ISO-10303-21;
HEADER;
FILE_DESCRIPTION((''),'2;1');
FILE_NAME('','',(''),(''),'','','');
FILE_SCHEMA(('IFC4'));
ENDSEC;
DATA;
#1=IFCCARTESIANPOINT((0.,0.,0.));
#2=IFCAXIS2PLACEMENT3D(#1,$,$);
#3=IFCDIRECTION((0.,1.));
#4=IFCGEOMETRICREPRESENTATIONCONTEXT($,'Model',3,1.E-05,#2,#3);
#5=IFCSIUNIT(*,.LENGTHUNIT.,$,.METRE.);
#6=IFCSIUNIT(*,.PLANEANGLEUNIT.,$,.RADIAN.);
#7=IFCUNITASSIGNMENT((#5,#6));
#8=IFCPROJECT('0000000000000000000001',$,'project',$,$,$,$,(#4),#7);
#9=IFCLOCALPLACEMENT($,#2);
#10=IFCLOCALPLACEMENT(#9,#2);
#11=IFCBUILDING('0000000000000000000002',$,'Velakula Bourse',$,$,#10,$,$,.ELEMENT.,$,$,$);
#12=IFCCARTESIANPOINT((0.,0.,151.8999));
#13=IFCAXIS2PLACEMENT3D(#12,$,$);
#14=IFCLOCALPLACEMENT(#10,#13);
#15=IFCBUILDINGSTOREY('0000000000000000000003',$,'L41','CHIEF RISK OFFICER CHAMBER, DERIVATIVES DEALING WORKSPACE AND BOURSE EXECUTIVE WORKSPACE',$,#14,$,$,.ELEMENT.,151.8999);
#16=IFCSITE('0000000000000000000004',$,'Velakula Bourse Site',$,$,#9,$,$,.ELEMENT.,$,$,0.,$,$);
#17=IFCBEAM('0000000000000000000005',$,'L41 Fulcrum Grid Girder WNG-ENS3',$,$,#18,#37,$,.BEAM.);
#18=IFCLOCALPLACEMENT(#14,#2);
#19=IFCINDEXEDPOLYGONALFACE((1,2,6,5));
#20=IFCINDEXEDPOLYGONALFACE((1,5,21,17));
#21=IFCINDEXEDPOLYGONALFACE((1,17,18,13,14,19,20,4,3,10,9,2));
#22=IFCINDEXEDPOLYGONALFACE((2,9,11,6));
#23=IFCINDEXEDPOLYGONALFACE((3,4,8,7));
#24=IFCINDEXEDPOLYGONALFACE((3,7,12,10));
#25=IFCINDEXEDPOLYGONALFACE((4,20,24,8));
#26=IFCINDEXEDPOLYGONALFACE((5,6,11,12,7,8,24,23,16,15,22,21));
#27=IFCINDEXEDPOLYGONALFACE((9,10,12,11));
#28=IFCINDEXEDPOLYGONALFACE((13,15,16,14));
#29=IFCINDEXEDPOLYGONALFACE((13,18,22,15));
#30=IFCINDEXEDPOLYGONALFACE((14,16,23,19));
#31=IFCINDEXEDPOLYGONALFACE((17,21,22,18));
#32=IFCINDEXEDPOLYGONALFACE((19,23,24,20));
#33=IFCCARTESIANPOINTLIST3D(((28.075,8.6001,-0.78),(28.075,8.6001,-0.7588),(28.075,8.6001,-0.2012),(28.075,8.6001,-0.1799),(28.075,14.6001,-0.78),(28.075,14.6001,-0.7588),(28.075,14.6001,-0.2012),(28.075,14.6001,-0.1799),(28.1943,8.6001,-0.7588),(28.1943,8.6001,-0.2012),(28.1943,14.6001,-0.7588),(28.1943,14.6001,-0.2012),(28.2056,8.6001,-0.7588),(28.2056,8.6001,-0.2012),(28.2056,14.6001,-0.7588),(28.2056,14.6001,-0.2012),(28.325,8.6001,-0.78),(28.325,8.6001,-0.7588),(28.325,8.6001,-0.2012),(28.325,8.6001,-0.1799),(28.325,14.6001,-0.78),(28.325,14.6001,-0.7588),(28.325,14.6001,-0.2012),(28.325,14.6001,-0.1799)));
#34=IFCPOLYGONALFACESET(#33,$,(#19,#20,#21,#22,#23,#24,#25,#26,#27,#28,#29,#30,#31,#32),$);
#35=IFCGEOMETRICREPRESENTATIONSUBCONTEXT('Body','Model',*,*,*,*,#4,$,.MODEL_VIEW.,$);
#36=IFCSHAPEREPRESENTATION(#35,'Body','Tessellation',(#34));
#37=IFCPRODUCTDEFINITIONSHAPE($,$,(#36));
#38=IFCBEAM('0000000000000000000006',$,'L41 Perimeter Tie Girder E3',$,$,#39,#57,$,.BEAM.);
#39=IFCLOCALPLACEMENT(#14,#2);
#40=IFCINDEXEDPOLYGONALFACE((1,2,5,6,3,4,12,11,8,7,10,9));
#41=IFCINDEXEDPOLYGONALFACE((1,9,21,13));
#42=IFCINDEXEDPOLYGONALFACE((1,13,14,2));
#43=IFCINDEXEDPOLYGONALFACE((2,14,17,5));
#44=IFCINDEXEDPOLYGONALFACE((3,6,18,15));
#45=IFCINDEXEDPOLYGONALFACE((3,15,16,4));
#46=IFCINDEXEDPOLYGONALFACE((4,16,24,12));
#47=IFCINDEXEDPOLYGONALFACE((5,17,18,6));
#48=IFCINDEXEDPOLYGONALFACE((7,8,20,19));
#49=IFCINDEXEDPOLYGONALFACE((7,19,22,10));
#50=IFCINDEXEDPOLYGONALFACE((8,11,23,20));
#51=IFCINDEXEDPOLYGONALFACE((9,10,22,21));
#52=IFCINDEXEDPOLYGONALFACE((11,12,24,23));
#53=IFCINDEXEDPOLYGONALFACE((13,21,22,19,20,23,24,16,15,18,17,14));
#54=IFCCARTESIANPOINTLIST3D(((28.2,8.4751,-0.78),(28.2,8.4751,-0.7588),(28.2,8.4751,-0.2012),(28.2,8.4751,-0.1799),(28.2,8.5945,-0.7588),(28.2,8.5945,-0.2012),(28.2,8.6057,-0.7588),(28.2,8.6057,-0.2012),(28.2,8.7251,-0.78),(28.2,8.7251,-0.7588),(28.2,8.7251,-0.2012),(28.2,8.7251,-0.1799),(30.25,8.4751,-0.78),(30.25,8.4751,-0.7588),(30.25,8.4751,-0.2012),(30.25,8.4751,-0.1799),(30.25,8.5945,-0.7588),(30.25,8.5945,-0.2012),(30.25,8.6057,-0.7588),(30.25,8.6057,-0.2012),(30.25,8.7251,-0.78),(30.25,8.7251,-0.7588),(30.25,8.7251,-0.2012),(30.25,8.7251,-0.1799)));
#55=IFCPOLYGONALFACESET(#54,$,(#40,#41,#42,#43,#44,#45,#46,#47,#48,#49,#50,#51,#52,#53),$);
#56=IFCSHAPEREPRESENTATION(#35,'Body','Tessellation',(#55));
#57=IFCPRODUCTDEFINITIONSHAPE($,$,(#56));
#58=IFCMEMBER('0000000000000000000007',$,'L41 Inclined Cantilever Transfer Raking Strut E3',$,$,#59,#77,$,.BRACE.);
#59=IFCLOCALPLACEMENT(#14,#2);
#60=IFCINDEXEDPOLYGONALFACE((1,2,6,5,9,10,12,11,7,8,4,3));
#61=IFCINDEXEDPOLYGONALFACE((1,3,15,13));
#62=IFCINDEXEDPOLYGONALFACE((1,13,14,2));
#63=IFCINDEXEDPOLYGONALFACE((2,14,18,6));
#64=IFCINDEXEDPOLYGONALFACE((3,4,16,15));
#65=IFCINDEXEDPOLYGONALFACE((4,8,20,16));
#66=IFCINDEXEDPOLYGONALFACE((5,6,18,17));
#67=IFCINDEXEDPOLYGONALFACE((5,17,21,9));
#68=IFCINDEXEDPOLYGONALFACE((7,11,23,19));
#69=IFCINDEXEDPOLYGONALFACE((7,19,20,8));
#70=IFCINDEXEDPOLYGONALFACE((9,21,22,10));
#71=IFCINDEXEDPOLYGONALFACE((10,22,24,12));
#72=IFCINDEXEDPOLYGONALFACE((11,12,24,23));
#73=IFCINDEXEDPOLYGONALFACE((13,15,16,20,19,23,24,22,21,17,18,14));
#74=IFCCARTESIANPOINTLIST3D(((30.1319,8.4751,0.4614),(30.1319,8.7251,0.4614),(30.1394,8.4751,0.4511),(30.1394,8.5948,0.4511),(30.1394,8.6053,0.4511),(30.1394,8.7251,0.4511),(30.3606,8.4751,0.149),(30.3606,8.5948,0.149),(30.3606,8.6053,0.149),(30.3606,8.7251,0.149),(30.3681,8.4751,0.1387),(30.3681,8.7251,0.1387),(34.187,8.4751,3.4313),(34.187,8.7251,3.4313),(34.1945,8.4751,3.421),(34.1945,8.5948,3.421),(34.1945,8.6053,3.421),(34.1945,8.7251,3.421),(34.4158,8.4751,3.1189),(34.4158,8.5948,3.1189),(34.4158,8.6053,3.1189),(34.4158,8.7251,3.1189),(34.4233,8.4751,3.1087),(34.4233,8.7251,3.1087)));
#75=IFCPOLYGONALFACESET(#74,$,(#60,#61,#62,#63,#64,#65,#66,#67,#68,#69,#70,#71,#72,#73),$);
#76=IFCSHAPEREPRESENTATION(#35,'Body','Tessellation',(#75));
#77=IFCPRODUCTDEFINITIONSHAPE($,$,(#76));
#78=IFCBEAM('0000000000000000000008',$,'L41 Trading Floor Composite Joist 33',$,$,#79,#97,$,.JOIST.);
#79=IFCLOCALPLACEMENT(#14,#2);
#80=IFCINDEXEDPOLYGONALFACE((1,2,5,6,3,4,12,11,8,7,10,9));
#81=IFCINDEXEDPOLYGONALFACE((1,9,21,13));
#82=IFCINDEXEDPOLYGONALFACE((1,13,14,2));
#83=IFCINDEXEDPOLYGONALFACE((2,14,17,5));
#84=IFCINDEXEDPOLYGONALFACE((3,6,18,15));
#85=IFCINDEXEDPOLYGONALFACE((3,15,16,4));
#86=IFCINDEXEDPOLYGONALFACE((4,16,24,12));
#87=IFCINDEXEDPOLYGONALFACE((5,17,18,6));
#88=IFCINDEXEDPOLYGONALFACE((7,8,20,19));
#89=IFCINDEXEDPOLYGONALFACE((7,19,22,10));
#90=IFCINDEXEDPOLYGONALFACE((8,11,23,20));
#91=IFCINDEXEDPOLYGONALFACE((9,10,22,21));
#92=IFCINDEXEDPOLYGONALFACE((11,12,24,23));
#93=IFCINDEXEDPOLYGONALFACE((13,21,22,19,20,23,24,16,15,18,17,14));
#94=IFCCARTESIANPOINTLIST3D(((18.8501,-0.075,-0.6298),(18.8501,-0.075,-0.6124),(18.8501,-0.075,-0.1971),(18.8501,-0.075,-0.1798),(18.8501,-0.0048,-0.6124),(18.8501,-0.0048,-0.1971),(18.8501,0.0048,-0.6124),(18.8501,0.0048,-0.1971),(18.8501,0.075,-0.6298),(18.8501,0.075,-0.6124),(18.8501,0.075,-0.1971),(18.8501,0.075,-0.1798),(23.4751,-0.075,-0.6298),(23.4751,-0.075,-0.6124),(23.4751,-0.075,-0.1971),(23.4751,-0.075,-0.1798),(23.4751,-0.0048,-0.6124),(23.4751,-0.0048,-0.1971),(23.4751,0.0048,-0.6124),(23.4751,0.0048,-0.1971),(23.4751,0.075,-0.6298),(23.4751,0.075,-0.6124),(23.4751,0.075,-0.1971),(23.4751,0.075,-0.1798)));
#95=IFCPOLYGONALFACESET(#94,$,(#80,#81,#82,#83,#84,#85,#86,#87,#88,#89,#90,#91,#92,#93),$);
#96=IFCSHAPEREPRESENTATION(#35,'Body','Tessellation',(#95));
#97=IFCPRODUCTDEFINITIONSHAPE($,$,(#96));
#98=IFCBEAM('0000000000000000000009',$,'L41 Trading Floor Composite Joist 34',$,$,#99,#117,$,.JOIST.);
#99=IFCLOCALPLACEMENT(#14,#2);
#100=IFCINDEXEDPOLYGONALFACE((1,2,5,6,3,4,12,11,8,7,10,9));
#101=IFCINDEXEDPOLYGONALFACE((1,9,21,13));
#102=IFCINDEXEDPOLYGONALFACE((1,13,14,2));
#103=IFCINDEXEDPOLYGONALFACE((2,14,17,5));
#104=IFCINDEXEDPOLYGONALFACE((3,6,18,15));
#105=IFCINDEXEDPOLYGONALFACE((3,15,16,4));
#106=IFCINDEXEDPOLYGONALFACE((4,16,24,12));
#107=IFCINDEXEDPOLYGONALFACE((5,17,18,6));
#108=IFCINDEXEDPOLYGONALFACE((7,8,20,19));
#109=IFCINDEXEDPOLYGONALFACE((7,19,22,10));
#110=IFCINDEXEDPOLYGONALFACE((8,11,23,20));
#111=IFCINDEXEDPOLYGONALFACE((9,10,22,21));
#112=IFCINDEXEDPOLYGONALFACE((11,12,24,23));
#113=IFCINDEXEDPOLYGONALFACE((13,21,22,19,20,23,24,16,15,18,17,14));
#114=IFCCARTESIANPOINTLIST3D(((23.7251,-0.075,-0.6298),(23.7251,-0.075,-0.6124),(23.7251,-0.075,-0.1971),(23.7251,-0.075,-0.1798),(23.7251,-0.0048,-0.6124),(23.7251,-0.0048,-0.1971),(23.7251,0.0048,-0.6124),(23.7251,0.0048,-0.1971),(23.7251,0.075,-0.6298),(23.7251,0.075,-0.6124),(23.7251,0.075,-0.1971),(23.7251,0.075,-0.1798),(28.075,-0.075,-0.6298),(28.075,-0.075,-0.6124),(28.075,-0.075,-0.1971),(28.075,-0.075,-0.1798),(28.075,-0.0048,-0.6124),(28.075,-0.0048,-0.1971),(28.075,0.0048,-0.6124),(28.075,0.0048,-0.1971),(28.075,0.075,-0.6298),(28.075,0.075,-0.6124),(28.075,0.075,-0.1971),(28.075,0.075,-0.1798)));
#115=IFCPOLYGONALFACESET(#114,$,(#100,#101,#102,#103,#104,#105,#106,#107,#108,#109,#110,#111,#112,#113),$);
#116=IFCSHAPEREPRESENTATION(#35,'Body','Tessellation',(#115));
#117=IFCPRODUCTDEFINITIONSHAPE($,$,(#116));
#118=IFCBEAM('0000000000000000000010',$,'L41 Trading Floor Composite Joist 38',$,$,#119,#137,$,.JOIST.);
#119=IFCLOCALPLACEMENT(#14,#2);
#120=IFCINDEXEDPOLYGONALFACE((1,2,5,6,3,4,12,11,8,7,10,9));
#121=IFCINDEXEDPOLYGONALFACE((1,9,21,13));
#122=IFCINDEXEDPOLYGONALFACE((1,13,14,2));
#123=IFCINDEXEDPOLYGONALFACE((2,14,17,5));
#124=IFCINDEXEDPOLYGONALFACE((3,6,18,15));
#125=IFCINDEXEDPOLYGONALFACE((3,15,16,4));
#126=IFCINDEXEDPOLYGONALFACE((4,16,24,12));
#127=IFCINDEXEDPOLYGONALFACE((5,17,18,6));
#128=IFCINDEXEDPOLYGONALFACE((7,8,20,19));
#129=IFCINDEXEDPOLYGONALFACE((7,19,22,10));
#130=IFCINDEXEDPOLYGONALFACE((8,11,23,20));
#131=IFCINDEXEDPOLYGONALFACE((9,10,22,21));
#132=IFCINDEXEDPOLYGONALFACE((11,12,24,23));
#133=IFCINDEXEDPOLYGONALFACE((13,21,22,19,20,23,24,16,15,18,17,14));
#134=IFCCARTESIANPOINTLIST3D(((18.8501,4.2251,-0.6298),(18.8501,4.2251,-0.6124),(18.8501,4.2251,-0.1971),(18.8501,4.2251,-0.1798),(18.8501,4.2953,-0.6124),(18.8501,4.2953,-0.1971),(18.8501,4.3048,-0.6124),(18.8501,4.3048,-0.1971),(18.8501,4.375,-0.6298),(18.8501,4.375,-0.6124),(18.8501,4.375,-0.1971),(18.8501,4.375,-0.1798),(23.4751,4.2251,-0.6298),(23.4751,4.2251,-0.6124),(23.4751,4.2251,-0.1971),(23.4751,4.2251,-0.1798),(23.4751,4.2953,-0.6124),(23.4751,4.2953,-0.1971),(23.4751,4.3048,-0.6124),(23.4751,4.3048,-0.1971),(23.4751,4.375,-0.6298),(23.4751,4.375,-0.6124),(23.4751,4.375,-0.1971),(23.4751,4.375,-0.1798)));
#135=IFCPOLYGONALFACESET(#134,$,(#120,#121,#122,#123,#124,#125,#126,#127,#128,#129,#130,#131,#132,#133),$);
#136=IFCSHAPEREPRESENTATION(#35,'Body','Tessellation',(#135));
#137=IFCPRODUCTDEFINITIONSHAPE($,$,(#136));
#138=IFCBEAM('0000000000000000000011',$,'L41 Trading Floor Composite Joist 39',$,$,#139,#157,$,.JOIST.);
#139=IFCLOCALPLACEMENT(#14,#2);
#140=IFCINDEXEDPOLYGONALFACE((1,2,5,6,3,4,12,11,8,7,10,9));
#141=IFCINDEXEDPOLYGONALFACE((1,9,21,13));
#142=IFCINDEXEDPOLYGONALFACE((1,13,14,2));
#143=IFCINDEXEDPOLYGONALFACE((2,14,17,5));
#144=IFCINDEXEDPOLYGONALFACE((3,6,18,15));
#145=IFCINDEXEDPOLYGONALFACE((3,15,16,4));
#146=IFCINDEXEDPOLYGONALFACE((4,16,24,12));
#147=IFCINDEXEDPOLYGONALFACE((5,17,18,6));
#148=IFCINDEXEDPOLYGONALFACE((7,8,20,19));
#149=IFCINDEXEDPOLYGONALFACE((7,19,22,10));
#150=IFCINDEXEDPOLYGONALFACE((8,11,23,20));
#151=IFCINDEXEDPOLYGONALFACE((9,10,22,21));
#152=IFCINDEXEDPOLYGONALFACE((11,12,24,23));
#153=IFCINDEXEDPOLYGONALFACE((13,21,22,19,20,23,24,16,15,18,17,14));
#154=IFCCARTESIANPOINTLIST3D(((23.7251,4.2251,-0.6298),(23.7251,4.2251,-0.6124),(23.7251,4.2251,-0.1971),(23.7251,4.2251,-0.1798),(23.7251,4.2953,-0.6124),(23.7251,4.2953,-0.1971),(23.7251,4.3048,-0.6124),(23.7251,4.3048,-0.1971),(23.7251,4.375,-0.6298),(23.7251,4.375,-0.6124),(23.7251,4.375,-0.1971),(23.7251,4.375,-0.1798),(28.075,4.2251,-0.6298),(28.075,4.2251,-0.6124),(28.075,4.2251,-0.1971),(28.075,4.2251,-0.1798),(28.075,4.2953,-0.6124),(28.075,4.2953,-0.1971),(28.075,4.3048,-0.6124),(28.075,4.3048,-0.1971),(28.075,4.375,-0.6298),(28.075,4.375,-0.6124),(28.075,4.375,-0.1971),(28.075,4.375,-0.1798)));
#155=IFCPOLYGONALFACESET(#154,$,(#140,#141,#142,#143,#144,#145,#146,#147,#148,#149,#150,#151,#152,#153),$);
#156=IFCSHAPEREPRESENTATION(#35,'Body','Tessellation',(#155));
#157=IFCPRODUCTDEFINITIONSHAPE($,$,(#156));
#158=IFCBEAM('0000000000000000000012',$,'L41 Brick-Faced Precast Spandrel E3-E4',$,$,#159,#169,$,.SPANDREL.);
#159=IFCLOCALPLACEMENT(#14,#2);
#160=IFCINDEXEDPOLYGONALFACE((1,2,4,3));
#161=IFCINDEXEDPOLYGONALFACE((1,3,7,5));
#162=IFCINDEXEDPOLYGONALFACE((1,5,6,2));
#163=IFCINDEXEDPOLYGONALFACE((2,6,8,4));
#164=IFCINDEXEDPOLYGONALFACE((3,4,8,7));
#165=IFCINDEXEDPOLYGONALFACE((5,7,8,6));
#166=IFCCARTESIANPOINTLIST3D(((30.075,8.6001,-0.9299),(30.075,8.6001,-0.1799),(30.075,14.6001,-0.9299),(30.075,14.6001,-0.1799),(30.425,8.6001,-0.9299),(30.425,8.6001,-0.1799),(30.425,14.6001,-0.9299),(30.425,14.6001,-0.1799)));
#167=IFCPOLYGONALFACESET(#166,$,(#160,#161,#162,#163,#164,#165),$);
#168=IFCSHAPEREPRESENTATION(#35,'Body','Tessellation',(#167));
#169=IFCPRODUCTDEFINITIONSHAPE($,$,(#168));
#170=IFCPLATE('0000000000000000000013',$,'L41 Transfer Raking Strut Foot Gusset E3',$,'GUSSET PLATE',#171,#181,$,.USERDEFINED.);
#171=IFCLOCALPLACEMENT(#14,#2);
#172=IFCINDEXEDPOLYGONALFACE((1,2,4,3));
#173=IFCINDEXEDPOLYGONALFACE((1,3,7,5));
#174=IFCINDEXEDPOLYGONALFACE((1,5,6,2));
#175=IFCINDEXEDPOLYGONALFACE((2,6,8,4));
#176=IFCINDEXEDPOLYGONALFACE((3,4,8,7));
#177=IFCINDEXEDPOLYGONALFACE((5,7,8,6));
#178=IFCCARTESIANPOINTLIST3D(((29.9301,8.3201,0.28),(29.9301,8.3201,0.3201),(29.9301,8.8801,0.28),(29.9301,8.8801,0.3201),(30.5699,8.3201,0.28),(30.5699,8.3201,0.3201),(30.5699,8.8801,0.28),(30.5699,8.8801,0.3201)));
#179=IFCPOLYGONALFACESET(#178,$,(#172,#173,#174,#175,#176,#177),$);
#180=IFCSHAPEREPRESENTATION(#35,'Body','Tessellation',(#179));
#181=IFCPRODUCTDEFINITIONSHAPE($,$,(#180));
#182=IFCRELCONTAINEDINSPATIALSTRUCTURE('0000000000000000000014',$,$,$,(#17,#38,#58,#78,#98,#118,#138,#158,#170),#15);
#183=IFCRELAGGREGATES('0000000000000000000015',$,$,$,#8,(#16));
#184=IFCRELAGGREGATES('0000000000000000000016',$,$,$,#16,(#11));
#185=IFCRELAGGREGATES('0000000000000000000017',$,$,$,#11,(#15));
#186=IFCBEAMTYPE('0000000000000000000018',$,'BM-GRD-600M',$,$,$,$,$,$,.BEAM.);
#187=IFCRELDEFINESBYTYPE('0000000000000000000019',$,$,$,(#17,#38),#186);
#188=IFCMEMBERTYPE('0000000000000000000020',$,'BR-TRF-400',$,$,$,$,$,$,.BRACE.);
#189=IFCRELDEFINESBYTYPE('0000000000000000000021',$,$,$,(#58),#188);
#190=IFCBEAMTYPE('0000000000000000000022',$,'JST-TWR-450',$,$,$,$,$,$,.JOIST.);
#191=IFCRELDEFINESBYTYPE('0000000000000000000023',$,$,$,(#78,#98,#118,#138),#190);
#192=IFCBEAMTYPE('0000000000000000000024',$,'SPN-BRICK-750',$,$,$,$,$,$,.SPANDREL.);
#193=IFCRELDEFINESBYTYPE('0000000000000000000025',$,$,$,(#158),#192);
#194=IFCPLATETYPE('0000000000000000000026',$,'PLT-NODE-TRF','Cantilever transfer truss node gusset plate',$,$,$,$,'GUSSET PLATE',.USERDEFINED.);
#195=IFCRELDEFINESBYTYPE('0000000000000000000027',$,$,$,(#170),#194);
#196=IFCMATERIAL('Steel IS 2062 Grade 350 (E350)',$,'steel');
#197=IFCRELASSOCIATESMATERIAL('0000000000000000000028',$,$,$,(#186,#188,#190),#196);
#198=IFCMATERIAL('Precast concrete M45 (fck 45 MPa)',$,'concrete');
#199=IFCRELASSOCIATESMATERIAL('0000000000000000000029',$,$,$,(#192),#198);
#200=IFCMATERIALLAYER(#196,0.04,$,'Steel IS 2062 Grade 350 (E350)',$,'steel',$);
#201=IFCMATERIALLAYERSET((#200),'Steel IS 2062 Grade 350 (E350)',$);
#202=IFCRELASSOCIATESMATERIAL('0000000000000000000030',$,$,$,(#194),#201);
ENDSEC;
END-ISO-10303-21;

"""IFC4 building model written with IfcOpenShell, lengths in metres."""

from ifc_helpers import new_model, si_unit, direction, frame, origin, origin_2d, place, context, subcontext, project, spatial, rectangle, i_section, extrude, material, layer, layer_set, material_profile, profile_set, type_object, element, save


model = new_model("IFC4")

# Units and contexts
model_context = context("Model", 3, precision=1e-05, world=origin(), true_north=direction((0.0, 1.0)))
body_context = subcontext(model_context, "Body", "Model", "MODEL_VIEW")
ifc_project = project(units=[si_unit("LENGTHUNIT", "METRE"), si_unit("PLANEANGLEUNIT", "RADIAN")], contexts=[model_context])

# Site, building, storey
site_placement = place(None, origin())
site = spatial("IfcSite", under=ifc_project, at=site_placement, Name="Velakula Bourse Site", CompositionType="ELEMENT", RefElevation=0.0)
building_placement = place(site_placement, origin())
building = spatial("IfcBuilding", under=site, at=building_placement, Name="Velakula Bourse", CompositionType="ELEMENT")
storey_placement = place(building_placement, frame((0.0, 0.0, 151.8999)))
storey = spatial("IfcBuildingStorey", under=building, at=storey_placement, Name="L41", Description="CHIEF RISK OFFICER CHAMBER, DERIVATIVES DEALING WORKSPACE AND BOURSE EXECUTIVE WORKSPACE", CompositionType="ELEMENT", Elevation=151.8999)

# Shared definitions
ifc_material_1 = material(Name="Steel IS 2062 Grade 350 (E350)", Category="steel")

# Beams
ifc_material_profile_1 = material_profile(ifc_material_1, i_section(OverallWidth=0.25, OverallDepth=0.6001, WebThickness=0.0112, FlangeThickness=0.0212, at=origin_2d()), Name="Steel IS 2062 Grade 350 (E350)")
ifc_profile_set_1 = profile_set([ifc_material_profile_1], Name="Steel IS 2062 Grade 350 (E350)")
beam_type_1 = type_object("IfcBeamType", Name="BM-GRD-600M", PredefinedType="BEAM", material=ifc_profile_set_1)
beam_1_placement = place(storey_placement, frame((28.2, 8.6001, -0.48), z_axis=(0.0, 1.0, 0.0), x_axis=(-1.0, 0.0, 0.0)))
element("IfcBeam", 1, at=beam_1_placement, inside=storey, type_object=beam_type_1, Name="L41 Fulcrum Grid Girder WNG-ENS3", PredefinedType="BEAM", context=body_context, shape_type="SweptSolid", body=[
    extrude(i_section(OverallWidth=0.25, OverallDepth=0.6001, WebThickness=0.0112, FlangeThickness=0.0212, at=origin_2d()), origin(), (0.0, 0.0, 1.0), 6.0),
])
beam_2_placement = place(storey_placement, frame((28.2, 8.6001, -0.48), z_axis=(1.0, 0.0, 0.0), x_axis=(0.0, 1.0, 0.0)))
element("IfcBeam", 2, at=beam_2_placement, inside=storey, type_object=beam_type_1, Name="L41 Perimeter Tie Girder E3", PredefinedType="BEAM", context=body_context, shape_type="SweptSolid", body=[
    extrude(i_section(OverallWidth=0.25, OverallDepth=0.6001, WebThickness=0.0112, FlangeThickness=0.0212, at=origin_2d()), origin(), (0.0, 0.0, 1.0), 2.05),
])

# Member
ifc_material_profile_2 = material_profile(ifc_material_1, i_section(OverallWidth=0.25, OverallDepth=0.3999, WebThickness=0.0105, FlangeThickness=0.0127, at=origin_2d()), Name="Steel IS 2062 Grade 350 (E350)")
ifc_profile_set_2 = profile_set([ifc_material_profile_2], Name="Steel IS 2062 Grade 350 (E350)")
member_type = type_object("IfcMemberType", Name="BR-TRF-400", PredefinedType="BRACE", material=ifc_profile_set_2)
member_placement = place(storey_placement, frame((30.25, 8.6001, 0.3), z_axis=(0.806768, 0.0, 0.590869), x_axis=(0.0, 1.0, 0.0)))
element("IfcMember", 3, at=member_placement, inside=storey, type_object=member_type, Name="L41 Inclined Cantilever Transfer Raking Strut E3", PredefinedType="BRACE", context=body_context, shape_type="SweptSolid", body=[
    extrude(i_section(OverallWidth=0.25, OverallDepth=0.3999, WebThickness=0.0105, FlangeThickness=0.0127, at=origin_2d()), origin(), (0.0, 0.0, 1.0), 5.0264),
])

# Beams
ifc_material_profile_3 = material_profile(ifc_material_1, i_section(OverallWidth=0.1499, OverallDepth=0.45, WebThickness=0.0095, FlangeThickness=0.0173, at=origin_2d()), Name="Steel IS 2062 Grade 350 (E350)")
ifc_profile_set_3 = profile_set([ifc_material_profile_3], Name="Steel IS 2062 Grade 350 (E350)")
beam_type_2 = type_object("IfcBeamType", Name="JST-TWR-450", PredefinedType="JOIST", material=ifc_profile_set_3)
beam_3_placement = place(storey_placement, frame((18.8501, 0.0, -0.4048), z_axis=(1.0, 0.0, 0.0), x_axis=(0.0, 1.0, 0.0)))
element("IfcBeam", 4, at=beam_3_placement, inside=storey, type_object=beam_type_2, Name="L41 Trading Floor Composite Joist 33", PredefinedType="JOIST", context=body_context, shape_type="SweptSolid", body=[
    extrude(i_section(OverallWidth=0.1499, OverallDepth=0.45, WebThickness=0.0095, FlangeThickness=0.0173, at=origin_2d()), origin(), (0.0, 0.0, 1.0), 4.625),
])
beam_4_placement = place(storey_placement, frame((23.7251, 0.0, -0.4048), z_axis=(1.0, 0.0, 0.0), x_axis=(0.0, 1.0, 0.0)))
element("IfcBeam", 5, at=beam_4_placement, inside=storey, type_object=beam_type_2, Name="L41 Trading Floor Composite Joist 34", PredefinedType="JOIST", context=body_context, shape_type="SweptSolid", body=[
    extrude(i_section(OverallWidth=0.1499, OverallDepth=0.45, WebThickness=0.0095, FlangeThickness=0.0173, at=origin_2d()), origin(), (0.0, 0.0, 1.0), 4.3499),
])
beam_5_placement = place(storey_placement, frame((18.8501, 4.3, -0.4048), z_axis=(1.0, 0.0, 0.0), x_axis=(0.0, 1.0, 0.0)))
element("IfcBeam", 6, at=beam_5_placement, inside=storey, type_object=beam_type_2, Name="L41 Trading Floor Composite Joist 38", PredefinedType="JOIST", context=body_context, shape_type="SweptSolid", body=[
    extrude(i_section(OverallWidth=0.1499, OverallDepth=0.45, WebThickness=0.0095, FlangeThickness=0.0173, at=origin_2d()), origin(), (0.0, 0.0, 1.0), 4.625),
])
beam_6_placement = place(storey_placement, frame((23.7251, 4.3, -0.4048), z_axis=(1.0, 0.0, 0.0), x_axis=(0.0, 1.0, 0.0)))
element("IfcBeam", 7, at=beam_6_placement, inside=storey, type_object=beam_type_2, Name="L41 Trading Floor Composite Joist 39", PredefinedType="JOIST", context=body_context, shape_type="SweptSolid", body=[
    extrude(i_section(OverallWidth=0.1499, OverallDepth=0.45, WebThickness=0.0095, FlangeThickness=0.0173, at=origin_2d()), origin(), (0.0, 0.0, 1.0), 4.3499),
])
ifc_material_2 = material(Name="Precast concrete M45 (fck 45 MPa)", Category="concrete")
ifc_material_profile_4 = material_profile(ifc_material_2, rectangle(XDim=0.3501, YDim=0.75, at=origin_2d()), Name="Precast concrete M45 (fck 45 MPa)")
ifc_profile_set_4 = profile_set([ifc_material_profile_4], Name="Precast concrete M45 (fck 45 MPa)")
beam_type_3 = type_object("IfcBeamType", Name="SPN-BRICK-750", PredefinedType="SPANDREL", material=ifc_profile_set_4)
beam_7_placement = place(storey_placement, frame((30.25, 8.6001, -0.5549), z_axis=(0.0, 1.0, 0.0), x_axis=(-1.0, 0.0, 0.0)))
element("IfcBeam", 8, at=beam_7_placement, inside=storey, type_object=beam_type_3, Name="L41 Brick-Faced Precast Spandrel E3-E4", PredefinedType="SPANDREL", context=body_context, shape_type="SweptSolid", body=[
    extrude(rectangle(XDim=0.3501, YDim=0.75, at=origin_2d()), origin(), (0.0, 0.0, 1.0), 6.0),
])

# Plate
ifc_layer_1 = layer(ifc_material_1, 0.04, Name="Steel IS 2062 Grade 350 (E350)", Category="steel")
ifc_layer_set_1 = layer_set([ifc_layer_1], Name="Steel IS 2062 Grade 350 (E350)")
plate_type = type_object("IfcPlateType", Name="PLT-NODE-TRF", Description="Cantilever transfer truss node gusset plate", ElementType="GUSSET PLATE", PredefinedType="USERDEFINED", material=ifc_layer_set_1)
plate_placement = place(storey_placement, frame((30.25, 8.6001, 0.28), z_axis=(0.0, 0.0, 1.0), x_axis=(1.0, 0.0, 0.0)))
element("IfcPlate", 9, at=plate_placement, inside=storey, type_object=plate_type, Name="L41 Transfer Raking Strut Foot Gusset E3", ObjectType="GUSSET PLATE", PredefinedType="USERDEFINED", context=body_context, shape_type="SweptSolid", body=[
    extrude(rectangle(XDim=0.6399, YDim=0.5601, at=origin_2d()), origin(), (0.0, 0.0, 1.0), 0.04),
])

save(model, "model.ifc")
